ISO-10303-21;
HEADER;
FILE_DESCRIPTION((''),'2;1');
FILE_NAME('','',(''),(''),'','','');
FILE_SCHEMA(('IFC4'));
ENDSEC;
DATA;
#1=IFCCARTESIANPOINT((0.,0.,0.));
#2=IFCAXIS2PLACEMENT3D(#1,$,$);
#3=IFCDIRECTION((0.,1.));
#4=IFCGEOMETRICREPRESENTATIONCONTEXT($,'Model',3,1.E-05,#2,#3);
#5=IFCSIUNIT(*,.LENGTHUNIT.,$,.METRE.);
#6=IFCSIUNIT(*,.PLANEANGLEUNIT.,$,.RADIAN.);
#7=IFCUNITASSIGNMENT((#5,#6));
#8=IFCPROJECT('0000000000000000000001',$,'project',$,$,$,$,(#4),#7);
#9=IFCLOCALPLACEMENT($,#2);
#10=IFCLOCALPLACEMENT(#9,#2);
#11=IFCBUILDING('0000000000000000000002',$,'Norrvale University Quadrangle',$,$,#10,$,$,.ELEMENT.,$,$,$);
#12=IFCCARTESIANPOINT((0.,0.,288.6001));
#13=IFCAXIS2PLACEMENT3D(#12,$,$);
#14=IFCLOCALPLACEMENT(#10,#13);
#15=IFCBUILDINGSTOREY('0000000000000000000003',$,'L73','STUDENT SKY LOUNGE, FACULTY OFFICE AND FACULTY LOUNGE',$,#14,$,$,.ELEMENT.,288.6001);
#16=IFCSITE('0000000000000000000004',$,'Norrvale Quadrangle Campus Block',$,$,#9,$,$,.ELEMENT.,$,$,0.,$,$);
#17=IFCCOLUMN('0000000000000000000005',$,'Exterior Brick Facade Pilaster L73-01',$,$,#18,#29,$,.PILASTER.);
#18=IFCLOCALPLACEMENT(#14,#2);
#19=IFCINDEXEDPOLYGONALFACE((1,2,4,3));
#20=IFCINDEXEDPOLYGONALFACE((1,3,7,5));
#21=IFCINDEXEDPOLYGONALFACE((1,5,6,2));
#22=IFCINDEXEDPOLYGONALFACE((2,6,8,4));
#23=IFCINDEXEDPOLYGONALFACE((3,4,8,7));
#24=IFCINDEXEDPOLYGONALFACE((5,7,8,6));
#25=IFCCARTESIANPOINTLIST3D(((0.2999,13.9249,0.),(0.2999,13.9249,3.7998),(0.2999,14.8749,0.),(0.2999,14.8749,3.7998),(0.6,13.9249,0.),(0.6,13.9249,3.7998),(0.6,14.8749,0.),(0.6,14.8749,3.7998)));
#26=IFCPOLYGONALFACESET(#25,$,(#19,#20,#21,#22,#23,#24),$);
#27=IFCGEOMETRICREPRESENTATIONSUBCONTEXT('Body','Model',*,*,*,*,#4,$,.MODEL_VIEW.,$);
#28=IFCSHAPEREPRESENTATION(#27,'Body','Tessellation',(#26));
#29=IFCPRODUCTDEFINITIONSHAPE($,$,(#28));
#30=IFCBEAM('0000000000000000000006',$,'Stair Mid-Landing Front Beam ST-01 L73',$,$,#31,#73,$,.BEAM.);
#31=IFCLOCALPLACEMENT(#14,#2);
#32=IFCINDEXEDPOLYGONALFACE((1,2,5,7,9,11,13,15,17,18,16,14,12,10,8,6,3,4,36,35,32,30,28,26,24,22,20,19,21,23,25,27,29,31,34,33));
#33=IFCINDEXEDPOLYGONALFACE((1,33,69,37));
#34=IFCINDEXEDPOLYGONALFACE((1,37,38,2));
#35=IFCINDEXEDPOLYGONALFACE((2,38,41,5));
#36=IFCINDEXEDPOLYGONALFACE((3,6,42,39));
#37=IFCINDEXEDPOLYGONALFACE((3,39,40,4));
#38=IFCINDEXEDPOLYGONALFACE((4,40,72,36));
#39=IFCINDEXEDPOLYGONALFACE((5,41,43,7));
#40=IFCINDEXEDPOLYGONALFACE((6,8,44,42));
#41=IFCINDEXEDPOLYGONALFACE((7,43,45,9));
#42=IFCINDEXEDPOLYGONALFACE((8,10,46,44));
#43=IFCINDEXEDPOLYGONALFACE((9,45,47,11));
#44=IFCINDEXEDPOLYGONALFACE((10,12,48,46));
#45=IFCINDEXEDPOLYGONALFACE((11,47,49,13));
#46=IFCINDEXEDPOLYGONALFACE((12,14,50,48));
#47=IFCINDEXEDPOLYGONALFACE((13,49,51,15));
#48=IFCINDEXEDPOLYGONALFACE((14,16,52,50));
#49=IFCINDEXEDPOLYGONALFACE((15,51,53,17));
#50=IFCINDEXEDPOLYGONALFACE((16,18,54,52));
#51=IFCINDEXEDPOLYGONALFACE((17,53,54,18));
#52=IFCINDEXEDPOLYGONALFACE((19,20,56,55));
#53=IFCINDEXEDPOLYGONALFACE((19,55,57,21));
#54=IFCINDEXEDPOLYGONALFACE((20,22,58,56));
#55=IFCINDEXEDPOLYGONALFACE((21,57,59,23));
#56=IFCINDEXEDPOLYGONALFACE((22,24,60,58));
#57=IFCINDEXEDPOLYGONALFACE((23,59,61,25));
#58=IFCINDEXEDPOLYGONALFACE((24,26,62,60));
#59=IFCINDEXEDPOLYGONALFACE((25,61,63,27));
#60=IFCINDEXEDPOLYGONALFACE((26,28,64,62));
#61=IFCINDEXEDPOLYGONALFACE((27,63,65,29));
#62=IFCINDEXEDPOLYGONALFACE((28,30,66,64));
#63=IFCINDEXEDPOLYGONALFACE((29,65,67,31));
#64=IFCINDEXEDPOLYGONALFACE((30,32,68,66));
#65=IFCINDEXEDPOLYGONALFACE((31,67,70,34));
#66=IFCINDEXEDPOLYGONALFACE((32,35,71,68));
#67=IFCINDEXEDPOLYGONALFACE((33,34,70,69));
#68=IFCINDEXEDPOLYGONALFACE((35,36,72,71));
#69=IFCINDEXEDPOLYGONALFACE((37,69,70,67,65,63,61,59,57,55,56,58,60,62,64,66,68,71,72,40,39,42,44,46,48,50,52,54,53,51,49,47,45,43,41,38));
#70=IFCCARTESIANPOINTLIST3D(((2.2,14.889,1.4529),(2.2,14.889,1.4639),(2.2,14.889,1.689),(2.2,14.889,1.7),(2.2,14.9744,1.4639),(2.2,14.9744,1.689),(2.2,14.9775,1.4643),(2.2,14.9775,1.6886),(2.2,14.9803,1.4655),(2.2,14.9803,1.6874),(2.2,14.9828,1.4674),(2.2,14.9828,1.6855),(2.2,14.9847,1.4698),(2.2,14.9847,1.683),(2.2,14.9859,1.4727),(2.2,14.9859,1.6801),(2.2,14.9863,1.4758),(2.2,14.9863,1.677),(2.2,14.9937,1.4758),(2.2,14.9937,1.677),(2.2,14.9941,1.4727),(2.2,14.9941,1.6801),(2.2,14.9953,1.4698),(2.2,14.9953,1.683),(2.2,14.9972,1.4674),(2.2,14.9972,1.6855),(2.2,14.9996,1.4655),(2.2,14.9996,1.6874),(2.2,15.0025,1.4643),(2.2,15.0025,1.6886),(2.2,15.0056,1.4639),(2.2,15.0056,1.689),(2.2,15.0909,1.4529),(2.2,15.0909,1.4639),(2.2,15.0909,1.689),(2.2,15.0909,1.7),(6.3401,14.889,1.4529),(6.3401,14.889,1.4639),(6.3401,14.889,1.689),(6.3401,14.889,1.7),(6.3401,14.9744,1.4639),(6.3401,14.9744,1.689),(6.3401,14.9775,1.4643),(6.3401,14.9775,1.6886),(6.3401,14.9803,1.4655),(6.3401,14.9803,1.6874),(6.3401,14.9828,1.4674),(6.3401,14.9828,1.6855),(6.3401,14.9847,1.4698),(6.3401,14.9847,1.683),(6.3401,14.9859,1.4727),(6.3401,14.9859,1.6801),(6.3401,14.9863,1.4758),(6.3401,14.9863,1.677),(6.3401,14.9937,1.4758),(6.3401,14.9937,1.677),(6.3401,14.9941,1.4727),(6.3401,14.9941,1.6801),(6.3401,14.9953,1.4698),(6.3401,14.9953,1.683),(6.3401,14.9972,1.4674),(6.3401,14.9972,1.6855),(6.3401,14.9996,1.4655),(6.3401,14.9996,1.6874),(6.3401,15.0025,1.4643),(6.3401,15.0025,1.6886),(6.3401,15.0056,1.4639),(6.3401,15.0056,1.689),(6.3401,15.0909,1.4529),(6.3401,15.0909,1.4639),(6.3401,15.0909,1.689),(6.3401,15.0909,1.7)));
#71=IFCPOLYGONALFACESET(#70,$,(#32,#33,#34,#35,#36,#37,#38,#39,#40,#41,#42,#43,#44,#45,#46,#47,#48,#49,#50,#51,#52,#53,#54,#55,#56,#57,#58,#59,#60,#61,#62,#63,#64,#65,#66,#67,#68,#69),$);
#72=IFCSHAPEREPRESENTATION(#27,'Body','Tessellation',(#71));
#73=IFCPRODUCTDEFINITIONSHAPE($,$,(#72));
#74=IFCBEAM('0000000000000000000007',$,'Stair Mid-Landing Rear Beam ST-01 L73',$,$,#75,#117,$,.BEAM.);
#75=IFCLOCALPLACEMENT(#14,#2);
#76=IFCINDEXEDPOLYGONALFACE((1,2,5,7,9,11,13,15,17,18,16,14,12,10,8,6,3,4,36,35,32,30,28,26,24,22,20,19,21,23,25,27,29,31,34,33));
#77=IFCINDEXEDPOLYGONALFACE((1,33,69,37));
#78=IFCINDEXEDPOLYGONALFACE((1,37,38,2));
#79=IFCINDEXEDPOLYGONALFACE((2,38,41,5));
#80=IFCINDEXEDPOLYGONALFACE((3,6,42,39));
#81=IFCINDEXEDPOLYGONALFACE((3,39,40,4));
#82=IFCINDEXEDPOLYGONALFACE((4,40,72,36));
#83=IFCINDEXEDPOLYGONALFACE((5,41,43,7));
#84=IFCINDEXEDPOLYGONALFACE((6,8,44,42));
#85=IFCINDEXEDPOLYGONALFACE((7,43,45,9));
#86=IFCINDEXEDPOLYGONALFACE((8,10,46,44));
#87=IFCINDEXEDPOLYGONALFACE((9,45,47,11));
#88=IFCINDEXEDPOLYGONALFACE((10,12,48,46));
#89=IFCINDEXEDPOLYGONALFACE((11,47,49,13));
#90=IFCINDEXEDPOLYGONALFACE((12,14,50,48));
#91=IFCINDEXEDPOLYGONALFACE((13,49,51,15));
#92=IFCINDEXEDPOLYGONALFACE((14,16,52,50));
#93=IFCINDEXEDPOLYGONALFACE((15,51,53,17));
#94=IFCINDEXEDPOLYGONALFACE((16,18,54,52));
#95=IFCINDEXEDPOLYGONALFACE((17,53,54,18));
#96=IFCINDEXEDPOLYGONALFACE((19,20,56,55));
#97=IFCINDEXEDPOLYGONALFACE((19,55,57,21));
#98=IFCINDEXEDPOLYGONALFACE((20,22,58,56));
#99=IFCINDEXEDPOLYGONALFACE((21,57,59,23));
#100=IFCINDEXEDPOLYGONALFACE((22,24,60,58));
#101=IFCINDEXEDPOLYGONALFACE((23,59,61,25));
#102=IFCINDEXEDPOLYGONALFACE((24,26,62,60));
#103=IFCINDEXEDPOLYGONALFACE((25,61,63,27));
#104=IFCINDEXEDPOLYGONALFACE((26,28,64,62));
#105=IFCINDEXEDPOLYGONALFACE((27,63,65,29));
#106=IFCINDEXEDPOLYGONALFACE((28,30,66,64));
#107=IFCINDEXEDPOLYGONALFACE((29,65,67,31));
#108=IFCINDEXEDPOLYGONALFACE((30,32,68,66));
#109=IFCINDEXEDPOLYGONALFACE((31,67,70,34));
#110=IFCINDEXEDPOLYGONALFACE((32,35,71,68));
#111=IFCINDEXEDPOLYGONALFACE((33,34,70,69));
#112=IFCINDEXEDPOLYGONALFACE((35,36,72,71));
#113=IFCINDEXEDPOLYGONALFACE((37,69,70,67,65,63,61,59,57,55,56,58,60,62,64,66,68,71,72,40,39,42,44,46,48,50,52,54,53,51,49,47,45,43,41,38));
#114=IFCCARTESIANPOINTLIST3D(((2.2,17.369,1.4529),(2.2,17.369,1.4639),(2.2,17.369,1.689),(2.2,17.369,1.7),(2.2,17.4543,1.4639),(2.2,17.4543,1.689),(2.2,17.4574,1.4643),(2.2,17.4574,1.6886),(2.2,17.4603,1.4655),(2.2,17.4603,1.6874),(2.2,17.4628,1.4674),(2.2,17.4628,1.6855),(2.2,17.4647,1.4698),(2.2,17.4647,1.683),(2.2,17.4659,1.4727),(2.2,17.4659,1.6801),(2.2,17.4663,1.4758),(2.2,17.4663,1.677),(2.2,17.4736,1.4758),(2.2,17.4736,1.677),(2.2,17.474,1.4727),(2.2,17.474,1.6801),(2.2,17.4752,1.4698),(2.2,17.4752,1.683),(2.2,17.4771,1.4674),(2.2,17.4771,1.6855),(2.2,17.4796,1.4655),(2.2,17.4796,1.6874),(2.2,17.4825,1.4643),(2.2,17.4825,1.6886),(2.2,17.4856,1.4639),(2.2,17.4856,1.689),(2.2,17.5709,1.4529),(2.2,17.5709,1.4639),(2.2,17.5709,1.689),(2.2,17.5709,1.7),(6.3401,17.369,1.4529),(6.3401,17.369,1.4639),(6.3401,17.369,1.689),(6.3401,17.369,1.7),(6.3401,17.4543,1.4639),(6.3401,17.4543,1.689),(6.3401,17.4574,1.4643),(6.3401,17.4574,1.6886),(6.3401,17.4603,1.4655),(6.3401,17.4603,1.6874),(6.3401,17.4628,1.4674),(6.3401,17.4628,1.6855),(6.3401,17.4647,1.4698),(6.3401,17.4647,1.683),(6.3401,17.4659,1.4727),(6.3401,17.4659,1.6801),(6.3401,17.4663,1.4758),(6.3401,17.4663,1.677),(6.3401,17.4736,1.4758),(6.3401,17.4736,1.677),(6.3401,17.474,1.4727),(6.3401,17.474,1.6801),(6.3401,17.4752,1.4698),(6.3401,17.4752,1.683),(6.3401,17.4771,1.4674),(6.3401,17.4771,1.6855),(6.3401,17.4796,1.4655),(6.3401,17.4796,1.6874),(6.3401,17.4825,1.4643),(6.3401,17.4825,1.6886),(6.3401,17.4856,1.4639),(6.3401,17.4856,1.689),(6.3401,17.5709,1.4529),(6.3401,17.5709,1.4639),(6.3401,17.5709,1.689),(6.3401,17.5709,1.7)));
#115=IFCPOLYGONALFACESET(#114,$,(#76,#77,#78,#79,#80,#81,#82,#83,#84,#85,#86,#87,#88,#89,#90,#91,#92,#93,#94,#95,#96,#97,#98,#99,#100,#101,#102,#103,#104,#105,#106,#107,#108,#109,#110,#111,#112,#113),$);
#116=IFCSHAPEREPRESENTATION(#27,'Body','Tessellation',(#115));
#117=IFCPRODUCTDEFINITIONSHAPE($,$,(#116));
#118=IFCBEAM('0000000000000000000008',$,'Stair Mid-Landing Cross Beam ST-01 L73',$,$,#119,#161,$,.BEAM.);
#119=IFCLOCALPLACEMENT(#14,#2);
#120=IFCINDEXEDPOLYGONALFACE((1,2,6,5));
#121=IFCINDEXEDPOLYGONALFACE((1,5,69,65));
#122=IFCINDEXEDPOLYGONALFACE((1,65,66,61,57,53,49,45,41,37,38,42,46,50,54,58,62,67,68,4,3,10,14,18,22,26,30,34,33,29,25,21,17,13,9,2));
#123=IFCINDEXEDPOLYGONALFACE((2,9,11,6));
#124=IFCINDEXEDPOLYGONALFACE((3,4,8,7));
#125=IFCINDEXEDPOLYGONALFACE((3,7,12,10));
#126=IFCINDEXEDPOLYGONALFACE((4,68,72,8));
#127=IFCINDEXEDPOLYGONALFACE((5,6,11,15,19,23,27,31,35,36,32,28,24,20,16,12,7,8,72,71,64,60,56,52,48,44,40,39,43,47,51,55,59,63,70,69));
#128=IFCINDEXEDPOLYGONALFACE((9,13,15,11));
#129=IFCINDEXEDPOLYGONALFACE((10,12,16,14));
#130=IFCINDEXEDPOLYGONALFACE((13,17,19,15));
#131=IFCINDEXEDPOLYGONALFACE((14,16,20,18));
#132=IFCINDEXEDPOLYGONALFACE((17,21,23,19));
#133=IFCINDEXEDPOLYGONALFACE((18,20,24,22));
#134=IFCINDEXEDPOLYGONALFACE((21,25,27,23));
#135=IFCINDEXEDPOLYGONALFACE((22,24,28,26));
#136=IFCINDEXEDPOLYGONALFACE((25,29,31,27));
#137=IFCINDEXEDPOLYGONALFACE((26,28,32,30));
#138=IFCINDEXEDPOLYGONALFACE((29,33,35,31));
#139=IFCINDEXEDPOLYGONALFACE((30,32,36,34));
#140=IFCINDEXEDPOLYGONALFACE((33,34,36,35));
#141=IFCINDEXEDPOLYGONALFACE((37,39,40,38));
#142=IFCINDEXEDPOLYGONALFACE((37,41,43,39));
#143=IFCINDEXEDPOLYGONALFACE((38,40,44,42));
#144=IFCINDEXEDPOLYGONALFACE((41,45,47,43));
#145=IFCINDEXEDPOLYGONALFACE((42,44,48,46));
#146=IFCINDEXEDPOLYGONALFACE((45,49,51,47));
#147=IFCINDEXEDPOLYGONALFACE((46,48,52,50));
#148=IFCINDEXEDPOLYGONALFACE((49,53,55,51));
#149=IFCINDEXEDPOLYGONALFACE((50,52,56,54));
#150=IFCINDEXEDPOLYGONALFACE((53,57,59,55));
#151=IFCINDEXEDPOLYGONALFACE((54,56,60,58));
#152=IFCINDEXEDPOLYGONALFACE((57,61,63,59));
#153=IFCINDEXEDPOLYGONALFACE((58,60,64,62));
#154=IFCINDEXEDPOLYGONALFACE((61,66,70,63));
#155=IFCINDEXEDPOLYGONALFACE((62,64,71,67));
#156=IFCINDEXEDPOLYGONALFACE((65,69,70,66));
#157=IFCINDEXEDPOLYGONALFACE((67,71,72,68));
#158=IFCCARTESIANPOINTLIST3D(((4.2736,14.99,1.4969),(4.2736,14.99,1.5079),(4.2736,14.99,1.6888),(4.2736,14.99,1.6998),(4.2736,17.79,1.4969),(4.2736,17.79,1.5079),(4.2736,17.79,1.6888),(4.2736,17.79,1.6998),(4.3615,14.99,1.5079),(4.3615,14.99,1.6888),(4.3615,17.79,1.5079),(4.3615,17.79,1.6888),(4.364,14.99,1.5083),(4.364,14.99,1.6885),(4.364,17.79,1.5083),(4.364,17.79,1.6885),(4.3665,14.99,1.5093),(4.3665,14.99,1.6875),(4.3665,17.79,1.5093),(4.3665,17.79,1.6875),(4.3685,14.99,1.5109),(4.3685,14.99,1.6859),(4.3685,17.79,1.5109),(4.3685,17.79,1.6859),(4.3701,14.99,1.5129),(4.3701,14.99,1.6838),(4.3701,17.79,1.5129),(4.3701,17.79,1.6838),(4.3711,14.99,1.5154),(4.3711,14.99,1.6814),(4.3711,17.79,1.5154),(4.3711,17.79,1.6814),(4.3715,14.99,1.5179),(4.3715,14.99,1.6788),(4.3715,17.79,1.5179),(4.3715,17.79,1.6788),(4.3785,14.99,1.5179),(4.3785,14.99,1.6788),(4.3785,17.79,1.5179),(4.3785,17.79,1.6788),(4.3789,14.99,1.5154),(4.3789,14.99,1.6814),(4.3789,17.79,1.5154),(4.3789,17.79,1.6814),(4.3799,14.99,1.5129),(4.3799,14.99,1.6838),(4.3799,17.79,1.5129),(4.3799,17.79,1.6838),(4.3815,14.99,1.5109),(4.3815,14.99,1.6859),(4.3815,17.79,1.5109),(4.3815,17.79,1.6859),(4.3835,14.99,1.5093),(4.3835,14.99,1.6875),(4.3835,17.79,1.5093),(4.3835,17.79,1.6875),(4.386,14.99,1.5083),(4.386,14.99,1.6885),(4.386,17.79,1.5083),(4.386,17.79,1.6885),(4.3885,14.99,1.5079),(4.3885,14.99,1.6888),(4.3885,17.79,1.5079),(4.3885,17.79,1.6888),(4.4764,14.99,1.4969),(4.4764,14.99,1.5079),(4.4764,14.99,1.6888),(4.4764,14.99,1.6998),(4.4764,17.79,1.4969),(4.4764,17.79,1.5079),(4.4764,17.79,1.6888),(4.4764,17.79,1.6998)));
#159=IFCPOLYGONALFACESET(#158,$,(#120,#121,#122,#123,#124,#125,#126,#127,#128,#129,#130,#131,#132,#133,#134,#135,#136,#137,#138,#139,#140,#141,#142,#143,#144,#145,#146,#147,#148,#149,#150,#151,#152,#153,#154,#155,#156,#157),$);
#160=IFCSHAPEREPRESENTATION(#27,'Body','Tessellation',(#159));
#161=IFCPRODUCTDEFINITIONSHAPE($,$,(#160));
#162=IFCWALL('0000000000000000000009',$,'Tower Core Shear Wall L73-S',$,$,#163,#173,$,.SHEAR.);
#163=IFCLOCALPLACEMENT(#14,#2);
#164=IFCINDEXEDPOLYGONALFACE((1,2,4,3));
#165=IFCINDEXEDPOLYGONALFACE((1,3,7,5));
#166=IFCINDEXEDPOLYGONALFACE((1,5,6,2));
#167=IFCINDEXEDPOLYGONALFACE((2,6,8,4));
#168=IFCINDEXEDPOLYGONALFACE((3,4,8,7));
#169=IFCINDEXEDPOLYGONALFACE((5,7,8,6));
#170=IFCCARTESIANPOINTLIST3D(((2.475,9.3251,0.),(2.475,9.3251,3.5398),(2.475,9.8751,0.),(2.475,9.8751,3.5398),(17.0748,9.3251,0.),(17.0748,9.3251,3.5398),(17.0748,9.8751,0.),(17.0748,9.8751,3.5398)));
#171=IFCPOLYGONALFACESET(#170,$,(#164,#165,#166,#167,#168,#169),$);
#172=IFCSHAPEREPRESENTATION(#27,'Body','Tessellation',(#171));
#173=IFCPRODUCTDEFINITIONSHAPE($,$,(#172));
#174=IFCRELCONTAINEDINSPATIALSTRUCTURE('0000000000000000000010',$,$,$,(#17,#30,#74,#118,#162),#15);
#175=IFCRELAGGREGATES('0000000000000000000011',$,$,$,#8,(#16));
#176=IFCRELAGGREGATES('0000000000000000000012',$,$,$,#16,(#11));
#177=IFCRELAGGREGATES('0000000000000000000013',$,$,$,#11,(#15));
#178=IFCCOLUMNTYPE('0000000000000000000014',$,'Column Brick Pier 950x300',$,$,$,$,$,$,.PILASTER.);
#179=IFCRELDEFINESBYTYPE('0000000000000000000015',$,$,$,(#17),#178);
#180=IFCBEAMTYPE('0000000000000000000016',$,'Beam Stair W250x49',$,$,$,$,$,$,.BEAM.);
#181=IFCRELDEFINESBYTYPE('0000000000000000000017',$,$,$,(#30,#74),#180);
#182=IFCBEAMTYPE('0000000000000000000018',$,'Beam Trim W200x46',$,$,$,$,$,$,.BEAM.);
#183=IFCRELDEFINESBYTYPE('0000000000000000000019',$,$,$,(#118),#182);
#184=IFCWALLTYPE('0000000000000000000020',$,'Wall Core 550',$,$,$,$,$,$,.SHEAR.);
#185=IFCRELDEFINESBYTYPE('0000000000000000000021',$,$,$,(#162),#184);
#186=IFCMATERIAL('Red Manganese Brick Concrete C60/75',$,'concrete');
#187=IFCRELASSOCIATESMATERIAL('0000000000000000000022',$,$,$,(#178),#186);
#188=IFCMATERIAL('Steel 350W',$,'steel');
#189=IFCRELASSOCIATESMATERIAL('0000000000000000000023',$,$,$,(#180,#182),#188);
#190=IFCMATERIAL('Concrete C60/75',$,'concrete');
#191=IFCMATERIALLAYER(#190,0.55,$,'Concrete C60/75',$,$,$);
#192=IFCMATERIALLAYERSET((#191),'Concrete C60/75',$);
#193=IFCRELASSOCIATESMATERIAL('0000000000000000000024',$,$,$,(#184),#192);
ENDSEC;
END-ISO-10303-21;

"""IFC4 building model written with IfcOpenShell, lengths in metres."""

from ifc_helpers import new_model, si_unit, direction, frame, frame_2d, origin, origin_2d, place, context, subcontext, project, spatial, rectangle, i_section, extrude, material, layer, layer_set, material_profile, profile_set, type_object, element, save


model = new_model("IFC4")

# Units and contexts
model_context = context("Model", 3, precision=1e-05, world=origin(), true_north=direction((0.0, 1.0)))
body_context = subcontext(model_context, "Body", "Model", "MODEL_VIEW")
ifc_project = project(units=[si_unit("LENGTHUNIT", "METRE"), si_unit("PLANEANGLEUNIT", "RADIAN")], contexts=[model_context])

# Site, building, storey
site_placement = place(None, origin())
site = spatial("IfcSite", under=ifc_project, at=site_placement, Name="Norrvale Quadrangle Campus Block", CompositionType="ELEMENT", RefElevation=0.0)
building_placement = place(site_placement, origin())
building = spatial("IfcBuilding", under=site, at=building_placement, Name="Norrvale University Quadrangle", CompositionType="ELEMENT")
storey_placement = place(building_placement, frame((0.0, 0.0, 288.6001)))
storey = spatial("IfcBuildingStorey", under=building, at=storey_placement, Name="L73", Description="STUDENT SKY LOUNGE, FACULTY OFFICE AND FACULTY LOUNGE", CompositionType="ELEMENT", Elevation=288.6001)

# Column
ifc_material_1 = material(Name="Red Manganese Brick Concrete C60/75", Category="concrete")
ifc_material_profile_1 = material_profile(ifc_material_1, rectangle(XDim=0.95, YDim=0.3, at=origin_2d()), Name="Red Manganese Brick Concrete C60/75")
ifc_profile_set_1 = profile_set([ifc_material_profile_1], Name="Red Manganese Brick Concrete C60/75")
column_type = type_object("IfcColumnType", Name="Column Brick Pier 950x300", PredefinedType="PILASTER", material=ifc_profile_set_1)
column_placement = place(storey_placement, frame((0.45, 14.3999, 0.0), z_axis=(0.0, 0.0, 1.0), x_axis=(0.0, 1.0, 0.0)))
element("IfcColumn", 1, at=column_placement, inside=storey, type_object=column_type, Name="Exterior Brick Facade Pilaster L73-01", PredefinedType="PILASTER", context=body_context, shape_type="SweptSolid", body=[
    extrude(rectangle(XDim=0.95, YDim=0.3, at=origin_2d()), origin(), (0.0, 0.0, 1.0), 3.7998),
])

# Beams
ifc_material_2 = material(Name="Steel 350W", Category="steel")
ifc_material_profile_2 = material_profile(ifc_material_2, i_section(OverallWidth=0.2019, OverallDepth=0.2471, WebThickness=0.0073, FlangeThickness=0.011, FilletRadius=0.012, at=origin_2d()), Name="Steel 350W")
ifc_profile_set_2 = profile_set([ifc_material_profile_2], Name="Steel 350W")
beam_type_1 = type_object("IfcBeamType", Name="Beam Stair W250x49", PredefinedType="BEAM", material=ifc_profile_set_2)
for number, where, z_axis, x_axis, name in (
    (2, (2.2, 14.99, 1.5764), (1.0, 0.0, 0.0), (0.0, 1.0, 0.0), "Stair Mid-Landing Front Beam ST-01 L73"),
    (3, (2.2, 17.47, 1.5764), (1.0, 0.0, 0.0), (0.0, 1.0, 0.0), "Stair Mid-Landing Rear Beam ST-01 L73"),
):
    element("IfcBeam", number, at=place(storey_placement, frame(where, z_axis=z_axis, x_axis=x_axis)), inside=storey, type_object=beam_type_1, Name=name, PredefinedType="BEAM", context=body_context, shape_type="SweptSolid", body=[
        extrude(i_section(OverallWidth=0.2019, OverallDepth=0.2471, WebThickness=0.0073, FlangeThickness=0.011, FilletRadius=0.012, at=origin_2d()), origin(), (0.0, 0.0, 1.0), 4.1401),
    ])
ifc_material_profile_3 = material_profile(ifc_material_2, i_section(OverallWidth=0.2029, OverallDepth=0.2029, WebThickness=0.0071, FlangeThickness=0.011, FilletRadius=0.01, at=origin_2d()), Name="Steel 350W")
ifc_profile_set_3 = profile_set([ifc_material_profile_3], Name="Steel 350W")
beam_type_2 = type_object("IfcBeamType", Name="Beam Trim W200x46", PredefinedType="BEAM", material=ifc_profile_set_3)
beam_placement = place(storey_placement, frame((4.375, 14.99, 1.5984), z_axis=(0.0, 1.0, 0.0), x_axis=(-1.0, 0.0, 0.0)))
element("IfcBeam", 4, at=beam_placement, inside=storey, type_object=beam_type_2, Name="Stair Mid-Landing Cross Beam ST-01 L73", PredefinedType="BEAM", context=body_context, shape_type="SweptSolid", body=[
    extrude(i_section(OverallWidth=0.2029, OverallDepth=0.2029, WebThickness=0.0071, FlangeThickness=0.011, FilletRadius=0.01, at=origin_2d()), origin(), (0.0, 0.0, 1.0), 2.8),
])

# Wall
ifc_material_3 = material(Name="Concrete C60/75", Category="concrete")
ifc_layer_1 = layer(ifc_material_3, 0.55, Name="Concrete C60/75")
ifc_layer_set_1 = layer_set([ifc_layer_1], Name="Concrete C60/75")
wall_type_1 = type_object("IfcWallType", Name="Wall Core 550", PredefinedType="SHEAR", material=ifc_layer_set_1)
wall_1_placement = place(storey_placement, frame((2.4751, 9.6001, 0.0), z_axis=(0.0, 0.0, 1.0), x_axis=(1.0, 0.0, 0.0)))
element("IfcWall", 5, at=wall_1_placement, inside=storey, type_object=wall_type_1, Name="Tower Core Shear Wall L73-S", PredefinedType="SHEAR", context=body_context, shape_type="SweptSolid", body=[
    extrude(rectangle(XDim=14.5999, YDim=0.55, at=frame_2d((7.2998, 0.0))), origin(), (0.0, 0.0, 1.0), 3.5398),
])

save(model, "model.ifc")
